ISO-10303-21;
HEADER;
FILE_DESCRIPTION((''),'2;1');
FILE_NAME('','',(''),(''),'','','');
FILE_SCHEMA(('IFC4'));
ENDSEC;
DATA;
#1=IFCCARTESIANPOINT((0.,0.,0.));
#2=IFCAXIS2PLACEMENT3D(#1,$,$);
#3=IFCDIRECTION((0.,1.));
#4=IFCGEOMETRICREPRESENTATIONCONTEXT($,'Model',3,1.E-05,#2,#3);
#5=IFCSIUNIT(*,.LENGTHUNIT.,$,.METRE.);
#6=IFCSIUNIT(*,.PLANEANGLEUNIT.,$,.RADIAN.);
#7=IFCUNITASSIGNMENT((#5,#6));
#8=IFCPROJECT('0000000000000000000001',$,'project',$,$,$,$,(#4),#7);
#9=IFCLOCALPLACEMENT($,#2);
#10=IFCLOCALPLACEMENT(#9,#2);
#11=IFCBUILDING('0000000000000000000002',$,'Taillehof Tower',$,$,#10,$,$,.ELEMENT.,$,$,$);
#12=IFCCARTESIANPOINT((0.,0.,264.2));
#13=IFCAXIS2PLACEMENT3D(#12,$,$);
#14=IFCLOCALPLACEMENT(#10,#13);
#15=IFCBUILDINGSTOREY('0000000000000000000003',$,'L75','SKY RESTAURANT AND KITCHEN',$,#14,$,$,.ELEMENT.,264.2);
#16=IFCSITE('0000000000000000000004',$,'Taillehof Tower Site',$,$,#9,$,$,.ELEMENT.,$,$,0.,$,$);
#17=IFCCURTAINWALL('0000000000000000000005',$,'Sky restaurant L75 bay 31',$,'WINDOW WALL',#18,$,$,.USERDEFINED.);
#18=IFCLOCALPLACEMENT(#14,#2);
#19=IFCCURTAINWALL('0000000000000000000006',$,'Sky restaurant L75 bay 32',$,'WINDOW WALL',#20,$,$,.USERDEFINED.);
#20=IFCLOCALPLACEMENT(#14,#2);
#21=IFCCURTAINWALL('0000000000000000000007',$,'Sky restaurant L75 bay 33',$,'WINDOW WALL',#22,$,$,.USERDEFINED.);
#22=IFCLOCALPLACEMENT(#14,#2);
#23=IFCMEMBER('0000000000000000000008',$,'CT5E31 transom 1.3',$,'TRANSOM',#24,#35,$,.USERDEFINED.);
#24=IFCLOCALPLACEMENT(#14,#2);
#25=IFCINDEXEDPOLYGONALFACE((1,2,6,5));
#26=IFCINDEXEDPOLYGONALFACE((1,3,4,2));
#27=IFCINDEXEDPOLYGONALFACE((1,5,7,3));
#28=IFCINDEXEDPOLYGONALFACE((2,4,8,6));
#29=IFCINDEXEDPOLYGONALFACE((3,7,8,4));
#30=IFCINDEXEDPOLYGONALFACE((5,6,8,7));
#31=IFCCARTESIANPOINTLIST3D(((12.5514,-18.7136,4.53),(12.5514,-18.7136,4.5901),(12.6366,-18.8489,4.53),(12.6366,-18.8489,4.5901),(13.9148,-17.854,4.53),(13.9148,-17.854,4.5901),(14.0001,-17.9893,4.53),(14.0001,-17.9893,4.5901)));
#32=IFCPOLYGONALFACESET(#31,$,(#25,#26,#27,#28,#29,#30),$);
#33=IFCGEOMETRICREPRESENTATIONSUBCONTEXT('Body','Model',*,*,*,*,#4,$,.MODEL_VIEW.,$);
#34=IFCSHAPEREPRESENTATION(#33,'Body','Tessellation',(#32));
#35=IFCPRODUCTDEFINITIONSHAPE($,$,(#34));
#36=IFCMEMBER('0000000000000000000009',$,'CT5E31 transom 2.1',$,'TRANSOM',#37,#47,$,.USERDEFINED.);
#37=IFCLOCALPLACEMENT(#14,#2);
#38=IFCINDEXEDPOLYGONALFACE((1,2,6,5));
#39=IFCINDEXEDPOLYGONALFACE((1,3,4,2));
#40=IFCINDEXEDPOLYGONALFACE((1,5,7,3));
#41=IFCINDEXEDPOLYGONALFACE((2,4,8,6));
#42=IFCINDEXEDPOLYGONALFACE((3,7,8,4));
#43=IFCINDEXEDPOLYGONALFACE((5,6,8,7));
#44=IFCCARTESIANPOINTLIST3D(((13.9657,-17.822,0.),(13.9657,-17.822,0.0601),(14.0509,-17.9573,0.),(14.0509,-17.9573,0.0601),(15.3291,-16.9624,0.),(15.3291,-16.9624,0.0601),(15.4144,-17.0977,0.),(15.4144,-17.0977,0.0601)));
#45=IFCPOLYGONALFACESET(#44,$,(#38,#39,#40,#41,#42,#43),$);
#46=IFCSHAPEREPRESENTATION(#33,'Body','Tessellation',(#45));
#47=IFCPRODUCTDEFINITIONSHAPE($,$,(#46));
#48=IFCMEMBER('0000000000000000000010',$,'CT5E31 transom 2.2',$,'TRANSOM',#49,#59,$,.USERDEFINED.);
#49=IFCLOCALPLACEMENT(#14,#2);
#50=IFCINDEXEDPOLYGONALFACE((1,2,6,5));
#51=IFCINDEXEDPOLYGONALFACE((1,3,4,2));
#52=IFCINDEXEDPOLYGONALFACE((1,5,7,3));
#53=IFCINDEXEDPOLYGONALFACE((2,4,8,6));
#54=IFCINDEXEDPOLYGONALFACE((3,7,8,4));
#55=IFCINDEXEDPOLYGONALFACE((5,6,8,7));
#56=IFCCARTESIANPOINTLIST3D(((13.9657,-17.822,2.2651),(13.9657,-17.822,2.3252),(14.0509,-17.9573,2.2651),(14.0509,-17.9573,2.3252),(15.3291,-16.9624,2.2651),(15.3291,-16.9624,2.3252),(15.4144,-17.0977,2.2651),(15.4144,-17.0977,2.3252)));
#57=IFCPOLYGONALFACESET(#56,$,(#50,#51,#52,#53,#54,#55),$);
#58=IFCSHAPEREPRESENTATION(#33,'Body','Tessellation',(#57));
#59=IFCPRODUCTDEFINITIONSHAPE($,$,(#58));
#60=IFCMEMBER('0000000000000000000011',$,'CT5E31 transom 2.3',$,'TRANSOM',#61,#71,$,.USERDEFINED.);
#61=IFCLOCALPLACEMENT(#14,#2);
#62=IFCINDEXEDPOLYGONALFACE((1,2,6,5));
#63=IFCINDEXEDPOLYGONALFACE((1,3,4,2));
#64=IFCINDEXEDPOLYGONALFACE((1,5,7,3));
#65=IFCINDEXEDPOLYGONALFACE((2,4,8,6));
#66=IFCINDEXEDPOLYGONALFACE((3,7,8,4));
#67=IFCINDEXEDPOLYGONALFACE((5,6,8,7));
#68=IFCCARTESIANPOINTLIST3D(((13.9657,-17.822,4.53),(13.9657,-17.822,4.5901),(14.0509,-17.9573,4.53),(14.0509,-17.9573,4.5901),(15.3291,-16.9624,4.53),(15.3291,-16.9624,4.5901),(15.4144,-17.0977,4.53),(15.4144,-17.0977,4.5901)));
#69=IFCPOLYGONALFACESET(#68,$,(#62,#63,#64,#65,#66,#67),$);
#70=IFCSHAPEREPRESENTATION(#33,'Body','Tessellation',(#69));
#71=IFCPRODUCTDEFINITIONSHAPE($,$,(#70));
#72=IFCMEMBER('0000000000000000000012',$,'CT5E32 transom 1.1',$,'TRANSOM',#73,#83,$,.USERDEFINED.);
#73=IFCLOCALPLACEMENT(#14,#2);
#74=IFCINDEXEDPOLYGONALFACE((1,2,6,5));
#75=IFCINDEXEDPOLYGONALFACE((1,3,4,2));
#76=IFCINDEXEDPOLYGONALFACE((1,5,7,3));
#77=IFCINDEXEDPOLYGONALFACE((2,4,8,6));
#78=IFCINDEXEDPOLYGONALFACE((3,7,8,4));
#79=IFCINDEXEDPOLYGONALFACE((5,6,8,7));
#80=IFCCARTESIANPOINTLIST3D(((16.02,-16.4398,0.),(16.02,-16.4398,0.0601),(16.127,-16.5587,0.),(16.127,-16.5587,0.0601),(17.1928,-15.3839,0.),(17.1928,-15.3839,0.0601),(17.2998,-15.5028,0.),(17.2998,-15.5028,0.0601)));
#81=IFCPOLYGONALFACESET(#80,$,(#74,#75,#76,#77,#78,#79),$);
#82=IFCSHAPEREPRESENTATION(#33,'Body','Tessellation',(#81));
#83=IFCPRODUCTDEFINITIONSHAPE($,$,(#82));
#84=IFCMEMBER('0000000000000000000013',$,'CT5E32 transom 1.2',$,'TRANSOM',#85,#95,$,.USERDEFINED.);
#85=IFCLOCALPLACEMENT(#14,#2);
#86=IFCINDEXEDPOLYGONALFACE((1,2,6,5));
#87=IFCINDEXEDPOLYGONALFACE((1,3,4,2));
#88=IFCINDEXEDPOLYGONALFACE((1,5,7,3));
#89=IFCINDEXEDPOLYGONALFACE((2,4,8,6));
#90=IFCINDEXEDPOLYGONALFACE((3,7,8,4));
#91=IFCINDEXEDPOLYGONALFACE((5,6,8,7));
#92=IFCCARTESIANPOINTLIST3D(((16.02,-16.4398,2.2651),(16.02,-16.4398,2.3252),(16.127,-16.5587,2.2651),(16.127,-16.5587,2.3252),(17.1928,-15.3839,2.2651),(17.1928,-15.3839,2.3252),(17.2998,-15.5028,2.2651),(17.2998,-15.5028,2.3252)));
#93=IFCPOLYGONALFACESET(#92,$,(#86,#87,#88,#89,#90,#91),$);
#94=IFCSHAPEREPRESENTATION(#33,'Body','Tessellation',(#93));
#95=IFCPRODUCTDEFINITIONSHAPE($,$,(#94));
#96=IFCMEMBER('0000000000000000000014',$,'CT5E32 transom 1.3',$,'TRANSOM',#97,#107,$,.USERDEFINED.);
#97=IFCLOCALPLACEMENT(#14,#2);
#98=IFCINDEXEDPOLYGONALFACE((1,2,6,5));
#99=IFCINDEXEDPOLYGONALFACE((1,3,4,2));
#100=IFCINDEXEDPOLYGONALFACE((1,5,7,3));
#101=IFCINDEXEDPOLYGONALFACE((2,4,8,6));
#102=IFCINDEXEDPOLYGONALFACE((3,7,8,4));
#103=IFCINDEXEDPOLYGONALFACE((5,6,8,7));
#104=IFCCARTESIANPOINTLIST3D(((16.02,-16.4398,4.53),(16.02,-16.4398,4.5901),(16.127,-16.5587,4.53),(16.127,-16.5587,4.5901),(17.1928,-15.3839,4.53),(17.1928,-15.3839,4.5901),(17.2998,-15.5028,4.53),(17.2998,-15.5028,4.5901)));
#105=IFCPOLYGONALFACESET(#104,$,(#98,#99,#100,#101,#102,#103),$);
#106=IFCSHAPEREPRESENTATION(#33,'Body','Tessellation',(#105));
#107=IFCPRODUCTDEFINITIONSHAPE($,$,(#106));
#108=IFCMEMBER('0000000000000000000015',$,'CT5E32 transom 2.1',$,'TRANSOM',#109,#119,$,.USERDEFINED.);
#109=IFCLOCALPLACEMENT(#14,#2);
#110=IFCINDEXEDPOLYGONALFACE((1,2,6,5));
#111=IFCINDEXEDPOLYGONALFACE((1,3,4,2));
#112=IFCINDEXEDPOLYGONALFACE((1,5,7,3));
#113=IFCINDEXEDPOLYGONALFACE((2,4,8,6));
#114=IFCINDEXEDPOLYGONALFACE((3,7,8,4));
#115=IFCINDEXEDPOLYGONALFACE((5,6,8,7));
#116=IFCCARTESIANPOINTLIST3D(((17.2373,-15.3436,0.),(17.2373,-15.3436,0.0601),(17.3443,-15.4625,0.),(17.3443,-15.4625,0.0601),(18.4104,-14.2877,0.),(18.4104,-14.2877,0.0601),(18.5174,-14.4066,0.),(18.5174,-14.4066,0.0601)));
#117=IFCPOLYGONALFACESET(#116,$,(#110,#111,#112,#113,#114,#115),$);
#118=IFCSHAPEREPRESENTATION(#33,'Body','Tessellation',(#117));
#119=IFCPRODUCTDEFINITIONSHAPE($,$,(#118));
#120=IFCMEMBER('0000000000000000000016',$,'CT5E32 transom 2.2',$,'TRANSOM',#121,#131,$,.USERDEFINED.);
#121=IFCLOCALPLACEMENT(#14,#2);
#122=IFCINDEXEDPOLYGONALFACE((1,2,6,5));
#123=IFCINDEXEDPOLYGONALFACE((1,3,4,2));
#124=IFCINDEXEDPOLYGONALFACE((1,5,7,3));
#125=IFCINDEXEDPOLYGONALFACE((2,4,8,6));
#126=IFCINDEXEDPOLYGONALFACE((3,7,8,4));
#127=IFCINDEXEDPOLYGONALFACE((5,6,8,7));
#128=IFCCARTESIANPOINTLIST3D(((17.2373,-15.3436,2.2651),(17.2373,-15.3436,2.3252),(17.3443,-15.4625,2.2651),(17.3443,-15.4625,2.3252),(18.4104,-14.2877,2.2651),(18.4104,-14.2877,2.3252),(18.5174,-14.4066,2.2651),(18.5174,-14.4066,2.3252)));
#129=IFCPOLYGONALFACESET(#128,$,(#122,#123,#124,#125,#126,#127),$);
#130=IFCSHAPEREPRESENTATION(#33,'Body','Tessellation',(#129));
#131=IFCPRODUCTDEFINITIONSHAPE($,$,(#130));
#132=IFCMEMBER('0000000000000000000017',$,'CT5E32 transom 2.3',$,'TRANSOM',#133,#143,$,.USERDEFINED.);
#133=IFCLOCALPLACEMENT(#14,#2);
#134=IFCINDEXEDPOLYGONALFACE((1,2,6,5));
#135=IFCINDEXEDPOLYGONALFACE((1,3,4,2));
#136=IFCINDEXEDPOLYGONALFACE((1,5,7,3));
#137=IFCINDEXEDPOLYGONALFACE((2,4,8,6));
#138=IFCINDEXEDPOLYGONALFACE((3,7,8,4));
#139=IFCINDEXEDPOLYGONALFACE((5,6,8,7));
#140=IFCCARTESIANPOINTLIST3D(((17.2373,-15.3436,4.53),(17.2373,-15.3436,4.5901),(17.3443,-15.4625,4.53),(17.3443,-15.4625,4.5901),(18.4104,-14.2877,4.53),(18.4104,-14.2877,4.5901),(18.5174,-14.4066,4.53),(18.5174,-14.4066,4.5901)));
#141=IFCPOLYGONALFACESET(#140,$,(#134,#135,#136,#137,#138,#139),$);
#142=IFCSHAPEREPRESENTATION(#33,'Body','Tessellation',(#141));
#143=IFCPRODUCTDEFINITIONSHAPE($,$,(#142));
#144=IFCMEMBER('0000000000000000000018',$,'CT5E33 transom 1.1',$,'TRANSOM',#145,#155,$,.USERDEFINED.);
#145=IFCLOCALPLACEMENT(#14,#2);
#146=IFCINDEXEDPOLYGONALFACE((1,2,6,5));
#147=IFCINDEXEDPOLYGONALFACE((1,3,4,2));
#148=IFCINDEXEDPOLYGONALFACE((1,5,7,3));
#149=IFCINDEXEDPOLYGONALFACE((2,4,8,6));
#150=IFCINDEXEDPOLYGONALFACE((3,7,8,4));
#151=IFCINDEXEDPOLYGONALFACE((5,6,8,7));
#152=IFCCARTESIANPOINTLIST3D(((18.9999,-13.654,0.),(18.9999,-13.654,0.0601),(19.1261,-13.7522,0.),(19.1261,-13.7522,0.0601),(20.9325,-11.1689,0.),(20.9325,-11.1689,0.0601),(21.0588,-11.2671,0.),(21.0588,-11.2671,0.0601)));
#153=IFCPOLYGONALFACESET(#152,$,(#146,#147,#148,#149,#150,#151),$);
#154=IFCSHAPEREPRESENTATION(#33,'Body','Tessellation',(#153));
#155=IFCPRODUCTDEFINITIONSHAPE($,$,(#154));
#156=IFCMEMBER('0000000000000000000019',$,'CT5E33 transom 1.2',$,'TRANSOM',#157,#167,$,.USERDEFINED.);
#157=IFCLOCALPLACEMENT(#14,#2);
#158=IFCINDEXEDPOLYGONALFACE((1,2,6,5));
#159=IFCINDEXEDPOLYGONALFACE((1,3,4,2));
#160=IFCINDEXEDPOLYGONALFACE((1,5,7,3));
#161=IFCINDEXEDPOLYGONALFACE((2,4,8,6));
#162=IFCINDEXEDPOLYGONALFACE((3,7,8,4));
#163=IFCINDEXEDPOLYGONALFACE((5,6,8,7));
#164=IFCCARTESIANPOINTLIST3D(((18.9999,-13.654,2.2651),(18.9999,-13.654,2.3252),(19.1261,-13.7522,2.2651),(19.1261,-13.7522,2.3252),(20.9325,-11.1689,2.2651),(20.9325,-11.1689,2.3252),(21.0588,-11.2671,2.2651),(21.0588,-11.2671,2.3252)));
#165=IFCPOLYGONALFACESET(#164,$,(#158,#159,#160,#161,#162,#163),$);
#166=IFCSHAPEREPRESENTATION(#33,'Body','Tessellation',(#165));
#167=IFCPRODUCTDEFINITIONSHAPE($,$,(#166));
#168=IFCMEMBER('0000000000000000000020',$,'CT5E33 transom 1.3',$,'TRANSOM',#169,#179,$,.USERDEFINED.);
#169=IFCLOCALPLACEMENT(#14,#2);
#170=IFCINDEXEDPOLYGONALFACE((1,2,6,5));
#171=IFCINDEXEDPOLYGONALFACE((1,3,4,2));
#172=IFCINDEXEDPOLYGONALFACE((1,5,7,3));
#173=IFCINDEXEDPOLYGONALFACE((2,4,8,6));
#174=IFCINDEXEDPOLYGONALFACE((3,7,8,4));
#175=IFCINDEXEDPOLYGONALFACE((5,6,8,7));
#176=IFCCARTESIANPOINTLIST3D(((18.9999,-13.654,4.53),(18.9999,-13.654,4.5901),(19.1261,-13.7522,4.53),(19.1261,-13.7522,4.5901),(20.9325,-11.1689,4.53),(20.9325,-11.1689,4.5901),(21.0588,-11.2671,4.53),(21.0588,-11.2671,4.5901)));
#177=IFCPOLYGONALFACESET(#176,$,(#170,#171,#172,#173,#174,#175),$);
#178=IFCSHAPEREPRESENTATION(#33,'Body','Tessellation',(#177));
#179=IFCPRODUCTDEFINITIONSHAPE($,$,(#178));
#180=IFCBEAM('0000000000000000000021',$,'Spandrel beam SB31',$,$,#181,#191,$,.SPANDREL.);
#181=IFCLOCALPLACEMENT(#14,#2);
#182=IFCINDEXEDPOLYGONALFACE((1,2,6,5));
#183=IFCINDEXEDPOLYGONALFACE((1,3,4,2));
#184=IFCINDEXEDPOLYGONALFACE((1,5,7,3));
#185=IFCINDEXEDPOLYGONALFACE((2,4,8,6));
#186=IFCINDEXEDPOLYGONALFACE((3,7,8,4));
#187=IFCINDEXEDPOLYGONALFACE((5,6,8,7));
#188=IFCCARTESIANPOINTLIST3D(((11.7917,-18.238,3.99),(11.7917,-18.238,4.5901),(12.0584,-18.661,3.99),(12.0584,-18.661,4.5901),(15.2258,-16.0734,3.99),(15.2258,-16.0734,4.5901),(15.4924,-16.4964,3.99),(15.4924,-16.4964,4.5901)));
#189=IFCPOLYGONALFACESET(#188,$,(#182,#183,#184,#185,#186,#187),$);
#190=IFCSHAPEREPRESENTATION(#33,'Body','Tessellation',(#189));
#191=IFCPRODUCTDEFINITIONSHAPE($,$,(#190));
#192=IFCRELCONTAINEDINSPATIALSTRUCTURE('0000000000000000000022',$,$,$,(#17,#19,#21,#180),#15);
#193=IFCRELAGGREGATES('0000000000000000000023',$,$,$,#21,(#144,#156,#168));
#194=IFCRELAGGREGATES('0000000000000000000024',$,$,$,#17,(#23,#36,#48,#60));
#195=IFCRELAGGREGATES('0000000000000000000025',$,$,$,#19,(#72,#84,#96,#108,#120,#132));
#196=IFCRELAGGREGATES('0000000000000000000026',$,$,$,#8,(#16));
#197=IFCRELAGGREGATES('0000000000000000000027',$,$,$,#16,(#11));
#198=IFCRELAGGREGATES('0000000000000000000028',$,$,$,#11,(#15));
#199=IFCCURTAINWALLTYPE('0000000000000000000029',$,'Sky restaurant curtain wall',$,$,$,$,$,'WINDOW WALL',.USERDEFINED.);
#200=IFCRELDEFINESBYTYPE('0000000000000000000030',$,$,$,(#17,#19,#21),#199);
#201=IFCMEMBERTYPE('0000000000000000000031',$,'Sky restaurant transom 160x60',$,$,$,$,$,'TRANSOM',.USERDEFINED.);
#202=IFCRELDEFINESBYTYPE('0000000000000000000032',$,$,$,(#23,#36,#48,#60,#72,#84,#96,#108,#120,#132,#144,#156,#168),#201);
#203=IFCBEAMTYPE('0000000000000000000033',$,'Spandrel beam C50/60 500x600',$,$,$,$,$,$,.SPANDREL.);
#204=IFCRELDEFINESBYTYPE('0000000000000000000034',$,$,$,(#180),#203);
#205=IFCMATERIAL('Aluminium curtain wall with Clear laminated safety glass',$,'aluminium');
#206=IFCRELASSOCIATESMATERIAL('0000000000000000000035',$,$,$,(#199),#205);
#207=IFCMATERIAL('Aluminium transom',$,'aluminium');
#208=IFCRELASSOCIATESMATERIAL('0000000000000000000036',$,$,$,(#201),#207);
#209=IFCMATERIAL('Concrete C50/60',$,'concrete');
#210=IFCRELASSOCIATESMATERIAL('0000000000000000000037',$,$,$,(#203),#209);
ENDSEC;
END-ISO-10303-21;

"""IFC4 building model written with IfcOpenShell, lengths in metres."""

from ifc_helpers import new_model, si_unit, direction, frame, origin, origin_2d, place, context, subcontext, project, spatial, rectangle, extrude, material, material_profile, profile_set, type_object, element, aggregate, save


model = new_model("IFC4")

# Units and contexts
model_context = context("Model", 3, precision=1e-05, world=origin(), true_north=direction((0.0, 1.0)))
body_context = subcontext(model_context, "Body", "Model", "MODEL_VIEW")
ifc_project = project(units=[si_unit("LENGTHUNIT", "METRE"), si_unit("PLANEANGLEUNIT", "RADIAN")], contexts=[model_context])

# Site, building, storey
site_placement = place(None, origin())
site = spatial("IfcSite", under=ifc_project, at=site_placement, Name="Taillehof Tower Site", CompositionType="ELEMENT", RefElevation=0.0)
building_placement = place(site_placement, origin())
building = spatial("IfcBuilding", under=site, at=building_placement, Name="Taillehof Tower", CompositionType="ELEMENT")
storey_placement = place(building_placement, frame((0.0, 0.0, 264.2)))
storey = spatial("IfcBuildingStorey", under=building, at=storey_placement, Name="L75", Description="SKY RESTAURANT AND KITCHEN", CompositionType="ELEMENT", Elevation=264.2)

# Shared definitions
ifc_material_1 = material(Name="Aluminium curtain wall with Clear laminated safety glass", Category="aluminium")
curtain_wall_type = type_object("IfcCurtainWallType", Name="Sky restaurant curtain wall", ElementType="WINDOW WALL", PredefinedType="USERDEFINED", material=ifc_material_1)

# Curtain walls
curtain_wall_1_placement = place(storey_placement, origin())
curtain_wall_1 = element("IfcCurtainWall", 1, at=curtain_wall_1_placement, inside=storey, type_object=curtain_wall_type, Name="Sky restaurant L75 bay 31", ObjectType="WINDOW WALL", PredefinedType="USERDEFINED")
curtain_wall_2_placement = place(storey_placement, origin())
curtain_wall_2 = element("IfcCurtainWall", 2, at=curtain_wall_2_placement, inside=storey, type_object=curtain_wall_type, Name="Sky restaurant L75 bay 32", ObjectType="WINDOW WALL", PredefinedType="USERDEFINED")

# Curtain wall
curtain_wall_3_placement = place(storey_placement, origin())
curtain_wall_3 = element("IfcCurtainWall", 3, at=curtain_wall_3_placement, inside=storey, type_object=curtain_wall_type, Name="Sky restaurant L75 bay 33", ObjectType="WINDOW WALL", PredefinedType="USERDEFINED")

# Members
ifc_material_2 = material(Name="Aluminium transom", Category="aluminium")
ifc_material_profile_1 = material_profile(ifc_material_2, rectangle(XDim=0.1599, YDim=0.0601, at=origin_2d()), Name="AL 160x60")
ifc_profile_set_1 = profile_set([ifc_material_profile_1], Name="Aluminium transom")
member_type_1 = type_object("IfcMemberType", Name="Sky restaurant transom 160x60", ElementType="TRANSOM", PredefinedType="USERDEFINED", material=ifc_profile_set_1)
member_1_placement = place(storey_placement, frame((12.594, -18.7812, 4.5601), z_axis=(0.845924, 0.533303, 0.0), x_axis=(-0.533303, 0.845924, 0.0)))
member_1 = element("IfcMember", 4, at=member_1_placement, type_object=member_type_1, Name="CT5E31 transom 1.3", ObjectType="TRANSOM", PredefinedType="USERDEFINED", context=body_context, shape_type="SweptSolid", body=[
    extrude(rectangle(XDim=0.1599, YDim=0.0601, at=origin_2d()), origin(), (0.0, 0.0, 1.0), 1.6118),
])
member_2_placement = place(storey_placement, frame((14.0083, -17.8896, 0.03), z_axis=(0.845924, 0.533303, 0.0), x_axis=(-0.533303, 0.845924, 0.0)))
member_2 = element("IfcMember", 5, at=member_2_placement, type_object=member_type_1, Name="CT5E31 transom 2.1", ObjectType="TRANSOM", PredefinedType="USERDEFINED", context=body_context, shape_type="SweptSolid", body=[
    extrude(rectangle(XDim=0.1599, YDim=0.0601, at=origin_2d()), origin(), (0.0, 0.0, 1.0), 1.6118),
])
member_3_placement = place(storey_placement, frame((14.0083, -17.8896, 2.2952), z_axis=(0.845924, 0.533303, 0.0), x_axis=(-0.533303, 0.845924, 0.0)))
member_3 = element("IfcMember", 6, at=member_3_placement, type_object=member_type_1, Name="CT5E31 transom 2.2", ObjectType="TRANSOM", PredefinedType="USERDEFINED", context=body_context, shape_type="SweptSolid", body=[
    extrude(rectangle(XDim=0.1599, YDim=0.0601, at=origin_2d()), origin(), (0.0, 0.0, 1.0), 1.6118),
])
member_4_placement = place(storey_placement, frame((14.0083, -17.8896, 4.5601), z_axis=(0.845924, 0.533303, 0.0), x_axis=(-0.533303, 0.845924, 0.0)))
member_4 = element("IfcMember", 7, at=member_4_placement, type_object=member_type_1, Name="CT5E31 transom 2.3", ObjectType="TRANSOM", PredefinedType="USERDEFINED", context=body_context, shape_type="SweptSolid", body=[
    extrude(rectangle(XDim=0.1599, YDim=0.0601, at=origin_2d()), origin(), (0.0, 0.0, 1.0), 1.6118),
])
member_5_placement = place(storey_placement, frame((16.0735, -16.4993, 0.03), z_axis=(0.743186, 0.669084, 0.0), x_axis=(-0.669084, 0.743186, 0.0)))
member_5 = element("IfcMember", 8, at=member_5_placement, type_object=member_type_1, Name="CT5E32 transom 1.1", ObjectType="TRANSOM", PredefinedType="USERDEFINED", context=body_context, shape_type="SweptSolid", body=[
    extrude(rectangle(XDim=0.1599, YDim=0.0601, at=origin_2d()), origin(), (0.0, 0.0, 1.0), 1.5781),
])
member_6_placement = place(storey_placement, frame((16.0735, -16.4993, 2.2952), z_axis=(0.743186, 0.669084, 0.0), x_axis=(-0.669084, 0.743186, 0.0)))
member_6 = element("IfcMember", 9, at=member_6_placement, type_object=member_type_1, Name="CT5E32 transom 1.2", ObjectType="TRANSOM", PredefinedType="USERDEFINED", context=body_context, shape_type="SweptSolid", body=[
    extrude(rectangle(XDim=0.1599, YDim=0.0601, at=origin_2d()), origin(), (0.0, 0.0, 1.0), 1.5781),
])
member_7_placement = place(storey_placement, frame((16.0735, -16.4993, 4.5601), z_axis=(0.743186, 0.669084, 0.0), x_axis=(-0.669084, 0.743186, 0.0)))
member_7 = element("IfcMember", 10, at=member_7_placement, type_object=member_type_1, Name="CT5E32 transom 1.3", ObjectType="TRANSOM", PredefinedType="USERDEFINED", context=body_context, shape_type="SweptSolid", body=[
    extrude(rectangle(XDim=0.1599, YDim=0.0601, at=origin_2d()), origin(), (0.0, 0.0, 1.0), 1.5781),
])
member_8_placement = place(storey_placement, frame((17.2908, -15.4031, 0.03), z_axis=(0.743256, 0.669007, 0.0), x_axis=(-0.669007, 0.743256, 0.0)))
member_8 = element("IfcMember", 11, at=member_8_placement, type_object=member_type_1, Name="CT5E32 transom 2.1", ObjectType="TRANSOM", PredefinedType="USERDEFINED", context=body_context, shape_type="SweptSolid", body=[
    extrude(rectangle(XDim=0.1599, YDim=0.0601, at=origin_2d()), origin(), (0.0, 0.0, 1.0), 1.5784),
])
member_9_placement = place(storey_placement, frame((17.2908, -15.4031, 2.2952), z_axis=(0.743256, 0.669007, 0.0), x_axis=(-0.669007, 0.743256, 0.0)))
member_9 = element("IfcMember", 12, at=member_9_placement, type_object=member_type_1, Name="CT5E32 transom 2.2", ObjectType="TRANSOM", PredefinedType="USERDEFINED", context=body_context, shape_type="SweptSolid", body=[
    extrude(rectangle(XDim=0.1599, YDim=0.0601, at=origin_2d()), origin(), (0.0, 0.0, 1.0), 1.5784),
])
member_10_placement = place(storey_placement, frame((17.2908, -15.4031, 4.5601), z_axis=(0.743256, 0.669007, 0.0), x_axis=(-0.669007, 0.743256, 0.0)))
member_10 = element("IfcMember", 13, at=member_10_placement, type_object=member_type_1, Name="CT5E32 transom 2.3", ObjectType="TRANSOM", PredefinedType="USERDEFINED", context=body_context, shape_type="SweptSolid", body=[
    extrude(rectangle(XDim=0.1599, YDim=0.0601, at=origin_2d()), origin(), (0.0, 0.0, 1.0), 1.5784),
])
member_11_placement = place(storey_placement, frame((19.063, -13.7031, 0.03), z_axis=(0.613892, 0.78939, 0.0), x_axis=(-0.78939, 0.613892, 0.0)))
member_11 = element("IfcMember", 14, at=member_11_placement, type_object=member_type_1, Name="CT5E33 transom 1.1", ObjectType="TRANSOM", PredefinedType="USERDEFINED", context=body_context, shape_type="SweptSolid", body=[
    extrude(rectangle(XDim=0.1599, YDim=0.0601, at=origin_2d()), origin(), (0.0, 0.0, 1.0), 3.1482),
])
member_12_placement = place(storey_placement, frame((19.063, -13.7031, 2.2952), z_axis=(0.613892, 0.78939, 0.0), x_axis=(-0.78939, 0.613892, 0.0)))
member_12 = element("IfcMember", 15, at=member_12_placement, type_object=member_type_1, Name="CT5E33 transom 1.2", ObjectType="TRANSOM", PredefinedType="USERDEFINED", context=body_context, shape_type="SweptSolid", body=[
    extrude(rectangle(XDim=0.1599, YDim=0.0601, at=origin_2d()), origin(), (0.0, 0.0, 1.0), 3.1482),
])
member_13_placement = place(storey_placement, frame((19.063, -13.7031, 4.5601), z_axis=(0.613892, 0.78939, 0.0), x_axis=(-0.78939, 0.613892, 0.0)))
member_13 = element("IfcMember", 16, at=member_13_placement, type_object=member_type_1, Name="CT5E33 transom 1.3", ObjectType="TRANSOM", PredefinedType="USERDEFINED", context=body_context, shape_type="SweptSolid", body=[
    extrude(rectangle(XDim=0.1599, YDim=0.0601, at=origin_2d()), origin(), (0.0, 0.0, 1.0), 3.1482),
])
aggregate(curtain_wall_3, [member_11, member_12, member_13])

# Beam
ifc_material_3 = material(Name="Concrete C50/60", Category="concrete")
ifc_material_profile_2 = material_profile(ifc_material_3, rectangle(XDim=0.5, YDim=0.6001, at=origin_2d()), Name="RC 500x600")
ifc_profile_set_2 = profile_set([ifc_material_profile_2], Name="Concrete C50/60")
beam_type_1 = type_object("IfcBeamType", Name="Spandrel beam C50/60 500x600", PredefinedType="SPANDREL", material=ifc_profile_set_2)
beam_1_placement = place(storey_placement, frame((11.925, -18.4495, 4.29), z_axis=(0.845972, 0.533228, 0.0), x_axis=(-0.533228, 0.845972, 0.0)))
element("IfcBeam", 17, at=beam_1_placement, inside=storey, type_object=beam_type_1, Name="Spandrel beam SB31", PredefinedType="SPANDREL", context=body_context, shape_type="SweptSolid", body=[
    extrude(rectangle(XDim=0.5, YDim=0.6001, at=origin_2d()), origin(), (0.0, 0.0, 1.0), 4.0593),
])

aggregate(curtain_wall_1, [member_1, member_2, member_3, member_4])
aggregate(curtain_wall_2, [member_5, member_6, member_7, member_8, member_9, member_10])

save(model, "model.ifc")
